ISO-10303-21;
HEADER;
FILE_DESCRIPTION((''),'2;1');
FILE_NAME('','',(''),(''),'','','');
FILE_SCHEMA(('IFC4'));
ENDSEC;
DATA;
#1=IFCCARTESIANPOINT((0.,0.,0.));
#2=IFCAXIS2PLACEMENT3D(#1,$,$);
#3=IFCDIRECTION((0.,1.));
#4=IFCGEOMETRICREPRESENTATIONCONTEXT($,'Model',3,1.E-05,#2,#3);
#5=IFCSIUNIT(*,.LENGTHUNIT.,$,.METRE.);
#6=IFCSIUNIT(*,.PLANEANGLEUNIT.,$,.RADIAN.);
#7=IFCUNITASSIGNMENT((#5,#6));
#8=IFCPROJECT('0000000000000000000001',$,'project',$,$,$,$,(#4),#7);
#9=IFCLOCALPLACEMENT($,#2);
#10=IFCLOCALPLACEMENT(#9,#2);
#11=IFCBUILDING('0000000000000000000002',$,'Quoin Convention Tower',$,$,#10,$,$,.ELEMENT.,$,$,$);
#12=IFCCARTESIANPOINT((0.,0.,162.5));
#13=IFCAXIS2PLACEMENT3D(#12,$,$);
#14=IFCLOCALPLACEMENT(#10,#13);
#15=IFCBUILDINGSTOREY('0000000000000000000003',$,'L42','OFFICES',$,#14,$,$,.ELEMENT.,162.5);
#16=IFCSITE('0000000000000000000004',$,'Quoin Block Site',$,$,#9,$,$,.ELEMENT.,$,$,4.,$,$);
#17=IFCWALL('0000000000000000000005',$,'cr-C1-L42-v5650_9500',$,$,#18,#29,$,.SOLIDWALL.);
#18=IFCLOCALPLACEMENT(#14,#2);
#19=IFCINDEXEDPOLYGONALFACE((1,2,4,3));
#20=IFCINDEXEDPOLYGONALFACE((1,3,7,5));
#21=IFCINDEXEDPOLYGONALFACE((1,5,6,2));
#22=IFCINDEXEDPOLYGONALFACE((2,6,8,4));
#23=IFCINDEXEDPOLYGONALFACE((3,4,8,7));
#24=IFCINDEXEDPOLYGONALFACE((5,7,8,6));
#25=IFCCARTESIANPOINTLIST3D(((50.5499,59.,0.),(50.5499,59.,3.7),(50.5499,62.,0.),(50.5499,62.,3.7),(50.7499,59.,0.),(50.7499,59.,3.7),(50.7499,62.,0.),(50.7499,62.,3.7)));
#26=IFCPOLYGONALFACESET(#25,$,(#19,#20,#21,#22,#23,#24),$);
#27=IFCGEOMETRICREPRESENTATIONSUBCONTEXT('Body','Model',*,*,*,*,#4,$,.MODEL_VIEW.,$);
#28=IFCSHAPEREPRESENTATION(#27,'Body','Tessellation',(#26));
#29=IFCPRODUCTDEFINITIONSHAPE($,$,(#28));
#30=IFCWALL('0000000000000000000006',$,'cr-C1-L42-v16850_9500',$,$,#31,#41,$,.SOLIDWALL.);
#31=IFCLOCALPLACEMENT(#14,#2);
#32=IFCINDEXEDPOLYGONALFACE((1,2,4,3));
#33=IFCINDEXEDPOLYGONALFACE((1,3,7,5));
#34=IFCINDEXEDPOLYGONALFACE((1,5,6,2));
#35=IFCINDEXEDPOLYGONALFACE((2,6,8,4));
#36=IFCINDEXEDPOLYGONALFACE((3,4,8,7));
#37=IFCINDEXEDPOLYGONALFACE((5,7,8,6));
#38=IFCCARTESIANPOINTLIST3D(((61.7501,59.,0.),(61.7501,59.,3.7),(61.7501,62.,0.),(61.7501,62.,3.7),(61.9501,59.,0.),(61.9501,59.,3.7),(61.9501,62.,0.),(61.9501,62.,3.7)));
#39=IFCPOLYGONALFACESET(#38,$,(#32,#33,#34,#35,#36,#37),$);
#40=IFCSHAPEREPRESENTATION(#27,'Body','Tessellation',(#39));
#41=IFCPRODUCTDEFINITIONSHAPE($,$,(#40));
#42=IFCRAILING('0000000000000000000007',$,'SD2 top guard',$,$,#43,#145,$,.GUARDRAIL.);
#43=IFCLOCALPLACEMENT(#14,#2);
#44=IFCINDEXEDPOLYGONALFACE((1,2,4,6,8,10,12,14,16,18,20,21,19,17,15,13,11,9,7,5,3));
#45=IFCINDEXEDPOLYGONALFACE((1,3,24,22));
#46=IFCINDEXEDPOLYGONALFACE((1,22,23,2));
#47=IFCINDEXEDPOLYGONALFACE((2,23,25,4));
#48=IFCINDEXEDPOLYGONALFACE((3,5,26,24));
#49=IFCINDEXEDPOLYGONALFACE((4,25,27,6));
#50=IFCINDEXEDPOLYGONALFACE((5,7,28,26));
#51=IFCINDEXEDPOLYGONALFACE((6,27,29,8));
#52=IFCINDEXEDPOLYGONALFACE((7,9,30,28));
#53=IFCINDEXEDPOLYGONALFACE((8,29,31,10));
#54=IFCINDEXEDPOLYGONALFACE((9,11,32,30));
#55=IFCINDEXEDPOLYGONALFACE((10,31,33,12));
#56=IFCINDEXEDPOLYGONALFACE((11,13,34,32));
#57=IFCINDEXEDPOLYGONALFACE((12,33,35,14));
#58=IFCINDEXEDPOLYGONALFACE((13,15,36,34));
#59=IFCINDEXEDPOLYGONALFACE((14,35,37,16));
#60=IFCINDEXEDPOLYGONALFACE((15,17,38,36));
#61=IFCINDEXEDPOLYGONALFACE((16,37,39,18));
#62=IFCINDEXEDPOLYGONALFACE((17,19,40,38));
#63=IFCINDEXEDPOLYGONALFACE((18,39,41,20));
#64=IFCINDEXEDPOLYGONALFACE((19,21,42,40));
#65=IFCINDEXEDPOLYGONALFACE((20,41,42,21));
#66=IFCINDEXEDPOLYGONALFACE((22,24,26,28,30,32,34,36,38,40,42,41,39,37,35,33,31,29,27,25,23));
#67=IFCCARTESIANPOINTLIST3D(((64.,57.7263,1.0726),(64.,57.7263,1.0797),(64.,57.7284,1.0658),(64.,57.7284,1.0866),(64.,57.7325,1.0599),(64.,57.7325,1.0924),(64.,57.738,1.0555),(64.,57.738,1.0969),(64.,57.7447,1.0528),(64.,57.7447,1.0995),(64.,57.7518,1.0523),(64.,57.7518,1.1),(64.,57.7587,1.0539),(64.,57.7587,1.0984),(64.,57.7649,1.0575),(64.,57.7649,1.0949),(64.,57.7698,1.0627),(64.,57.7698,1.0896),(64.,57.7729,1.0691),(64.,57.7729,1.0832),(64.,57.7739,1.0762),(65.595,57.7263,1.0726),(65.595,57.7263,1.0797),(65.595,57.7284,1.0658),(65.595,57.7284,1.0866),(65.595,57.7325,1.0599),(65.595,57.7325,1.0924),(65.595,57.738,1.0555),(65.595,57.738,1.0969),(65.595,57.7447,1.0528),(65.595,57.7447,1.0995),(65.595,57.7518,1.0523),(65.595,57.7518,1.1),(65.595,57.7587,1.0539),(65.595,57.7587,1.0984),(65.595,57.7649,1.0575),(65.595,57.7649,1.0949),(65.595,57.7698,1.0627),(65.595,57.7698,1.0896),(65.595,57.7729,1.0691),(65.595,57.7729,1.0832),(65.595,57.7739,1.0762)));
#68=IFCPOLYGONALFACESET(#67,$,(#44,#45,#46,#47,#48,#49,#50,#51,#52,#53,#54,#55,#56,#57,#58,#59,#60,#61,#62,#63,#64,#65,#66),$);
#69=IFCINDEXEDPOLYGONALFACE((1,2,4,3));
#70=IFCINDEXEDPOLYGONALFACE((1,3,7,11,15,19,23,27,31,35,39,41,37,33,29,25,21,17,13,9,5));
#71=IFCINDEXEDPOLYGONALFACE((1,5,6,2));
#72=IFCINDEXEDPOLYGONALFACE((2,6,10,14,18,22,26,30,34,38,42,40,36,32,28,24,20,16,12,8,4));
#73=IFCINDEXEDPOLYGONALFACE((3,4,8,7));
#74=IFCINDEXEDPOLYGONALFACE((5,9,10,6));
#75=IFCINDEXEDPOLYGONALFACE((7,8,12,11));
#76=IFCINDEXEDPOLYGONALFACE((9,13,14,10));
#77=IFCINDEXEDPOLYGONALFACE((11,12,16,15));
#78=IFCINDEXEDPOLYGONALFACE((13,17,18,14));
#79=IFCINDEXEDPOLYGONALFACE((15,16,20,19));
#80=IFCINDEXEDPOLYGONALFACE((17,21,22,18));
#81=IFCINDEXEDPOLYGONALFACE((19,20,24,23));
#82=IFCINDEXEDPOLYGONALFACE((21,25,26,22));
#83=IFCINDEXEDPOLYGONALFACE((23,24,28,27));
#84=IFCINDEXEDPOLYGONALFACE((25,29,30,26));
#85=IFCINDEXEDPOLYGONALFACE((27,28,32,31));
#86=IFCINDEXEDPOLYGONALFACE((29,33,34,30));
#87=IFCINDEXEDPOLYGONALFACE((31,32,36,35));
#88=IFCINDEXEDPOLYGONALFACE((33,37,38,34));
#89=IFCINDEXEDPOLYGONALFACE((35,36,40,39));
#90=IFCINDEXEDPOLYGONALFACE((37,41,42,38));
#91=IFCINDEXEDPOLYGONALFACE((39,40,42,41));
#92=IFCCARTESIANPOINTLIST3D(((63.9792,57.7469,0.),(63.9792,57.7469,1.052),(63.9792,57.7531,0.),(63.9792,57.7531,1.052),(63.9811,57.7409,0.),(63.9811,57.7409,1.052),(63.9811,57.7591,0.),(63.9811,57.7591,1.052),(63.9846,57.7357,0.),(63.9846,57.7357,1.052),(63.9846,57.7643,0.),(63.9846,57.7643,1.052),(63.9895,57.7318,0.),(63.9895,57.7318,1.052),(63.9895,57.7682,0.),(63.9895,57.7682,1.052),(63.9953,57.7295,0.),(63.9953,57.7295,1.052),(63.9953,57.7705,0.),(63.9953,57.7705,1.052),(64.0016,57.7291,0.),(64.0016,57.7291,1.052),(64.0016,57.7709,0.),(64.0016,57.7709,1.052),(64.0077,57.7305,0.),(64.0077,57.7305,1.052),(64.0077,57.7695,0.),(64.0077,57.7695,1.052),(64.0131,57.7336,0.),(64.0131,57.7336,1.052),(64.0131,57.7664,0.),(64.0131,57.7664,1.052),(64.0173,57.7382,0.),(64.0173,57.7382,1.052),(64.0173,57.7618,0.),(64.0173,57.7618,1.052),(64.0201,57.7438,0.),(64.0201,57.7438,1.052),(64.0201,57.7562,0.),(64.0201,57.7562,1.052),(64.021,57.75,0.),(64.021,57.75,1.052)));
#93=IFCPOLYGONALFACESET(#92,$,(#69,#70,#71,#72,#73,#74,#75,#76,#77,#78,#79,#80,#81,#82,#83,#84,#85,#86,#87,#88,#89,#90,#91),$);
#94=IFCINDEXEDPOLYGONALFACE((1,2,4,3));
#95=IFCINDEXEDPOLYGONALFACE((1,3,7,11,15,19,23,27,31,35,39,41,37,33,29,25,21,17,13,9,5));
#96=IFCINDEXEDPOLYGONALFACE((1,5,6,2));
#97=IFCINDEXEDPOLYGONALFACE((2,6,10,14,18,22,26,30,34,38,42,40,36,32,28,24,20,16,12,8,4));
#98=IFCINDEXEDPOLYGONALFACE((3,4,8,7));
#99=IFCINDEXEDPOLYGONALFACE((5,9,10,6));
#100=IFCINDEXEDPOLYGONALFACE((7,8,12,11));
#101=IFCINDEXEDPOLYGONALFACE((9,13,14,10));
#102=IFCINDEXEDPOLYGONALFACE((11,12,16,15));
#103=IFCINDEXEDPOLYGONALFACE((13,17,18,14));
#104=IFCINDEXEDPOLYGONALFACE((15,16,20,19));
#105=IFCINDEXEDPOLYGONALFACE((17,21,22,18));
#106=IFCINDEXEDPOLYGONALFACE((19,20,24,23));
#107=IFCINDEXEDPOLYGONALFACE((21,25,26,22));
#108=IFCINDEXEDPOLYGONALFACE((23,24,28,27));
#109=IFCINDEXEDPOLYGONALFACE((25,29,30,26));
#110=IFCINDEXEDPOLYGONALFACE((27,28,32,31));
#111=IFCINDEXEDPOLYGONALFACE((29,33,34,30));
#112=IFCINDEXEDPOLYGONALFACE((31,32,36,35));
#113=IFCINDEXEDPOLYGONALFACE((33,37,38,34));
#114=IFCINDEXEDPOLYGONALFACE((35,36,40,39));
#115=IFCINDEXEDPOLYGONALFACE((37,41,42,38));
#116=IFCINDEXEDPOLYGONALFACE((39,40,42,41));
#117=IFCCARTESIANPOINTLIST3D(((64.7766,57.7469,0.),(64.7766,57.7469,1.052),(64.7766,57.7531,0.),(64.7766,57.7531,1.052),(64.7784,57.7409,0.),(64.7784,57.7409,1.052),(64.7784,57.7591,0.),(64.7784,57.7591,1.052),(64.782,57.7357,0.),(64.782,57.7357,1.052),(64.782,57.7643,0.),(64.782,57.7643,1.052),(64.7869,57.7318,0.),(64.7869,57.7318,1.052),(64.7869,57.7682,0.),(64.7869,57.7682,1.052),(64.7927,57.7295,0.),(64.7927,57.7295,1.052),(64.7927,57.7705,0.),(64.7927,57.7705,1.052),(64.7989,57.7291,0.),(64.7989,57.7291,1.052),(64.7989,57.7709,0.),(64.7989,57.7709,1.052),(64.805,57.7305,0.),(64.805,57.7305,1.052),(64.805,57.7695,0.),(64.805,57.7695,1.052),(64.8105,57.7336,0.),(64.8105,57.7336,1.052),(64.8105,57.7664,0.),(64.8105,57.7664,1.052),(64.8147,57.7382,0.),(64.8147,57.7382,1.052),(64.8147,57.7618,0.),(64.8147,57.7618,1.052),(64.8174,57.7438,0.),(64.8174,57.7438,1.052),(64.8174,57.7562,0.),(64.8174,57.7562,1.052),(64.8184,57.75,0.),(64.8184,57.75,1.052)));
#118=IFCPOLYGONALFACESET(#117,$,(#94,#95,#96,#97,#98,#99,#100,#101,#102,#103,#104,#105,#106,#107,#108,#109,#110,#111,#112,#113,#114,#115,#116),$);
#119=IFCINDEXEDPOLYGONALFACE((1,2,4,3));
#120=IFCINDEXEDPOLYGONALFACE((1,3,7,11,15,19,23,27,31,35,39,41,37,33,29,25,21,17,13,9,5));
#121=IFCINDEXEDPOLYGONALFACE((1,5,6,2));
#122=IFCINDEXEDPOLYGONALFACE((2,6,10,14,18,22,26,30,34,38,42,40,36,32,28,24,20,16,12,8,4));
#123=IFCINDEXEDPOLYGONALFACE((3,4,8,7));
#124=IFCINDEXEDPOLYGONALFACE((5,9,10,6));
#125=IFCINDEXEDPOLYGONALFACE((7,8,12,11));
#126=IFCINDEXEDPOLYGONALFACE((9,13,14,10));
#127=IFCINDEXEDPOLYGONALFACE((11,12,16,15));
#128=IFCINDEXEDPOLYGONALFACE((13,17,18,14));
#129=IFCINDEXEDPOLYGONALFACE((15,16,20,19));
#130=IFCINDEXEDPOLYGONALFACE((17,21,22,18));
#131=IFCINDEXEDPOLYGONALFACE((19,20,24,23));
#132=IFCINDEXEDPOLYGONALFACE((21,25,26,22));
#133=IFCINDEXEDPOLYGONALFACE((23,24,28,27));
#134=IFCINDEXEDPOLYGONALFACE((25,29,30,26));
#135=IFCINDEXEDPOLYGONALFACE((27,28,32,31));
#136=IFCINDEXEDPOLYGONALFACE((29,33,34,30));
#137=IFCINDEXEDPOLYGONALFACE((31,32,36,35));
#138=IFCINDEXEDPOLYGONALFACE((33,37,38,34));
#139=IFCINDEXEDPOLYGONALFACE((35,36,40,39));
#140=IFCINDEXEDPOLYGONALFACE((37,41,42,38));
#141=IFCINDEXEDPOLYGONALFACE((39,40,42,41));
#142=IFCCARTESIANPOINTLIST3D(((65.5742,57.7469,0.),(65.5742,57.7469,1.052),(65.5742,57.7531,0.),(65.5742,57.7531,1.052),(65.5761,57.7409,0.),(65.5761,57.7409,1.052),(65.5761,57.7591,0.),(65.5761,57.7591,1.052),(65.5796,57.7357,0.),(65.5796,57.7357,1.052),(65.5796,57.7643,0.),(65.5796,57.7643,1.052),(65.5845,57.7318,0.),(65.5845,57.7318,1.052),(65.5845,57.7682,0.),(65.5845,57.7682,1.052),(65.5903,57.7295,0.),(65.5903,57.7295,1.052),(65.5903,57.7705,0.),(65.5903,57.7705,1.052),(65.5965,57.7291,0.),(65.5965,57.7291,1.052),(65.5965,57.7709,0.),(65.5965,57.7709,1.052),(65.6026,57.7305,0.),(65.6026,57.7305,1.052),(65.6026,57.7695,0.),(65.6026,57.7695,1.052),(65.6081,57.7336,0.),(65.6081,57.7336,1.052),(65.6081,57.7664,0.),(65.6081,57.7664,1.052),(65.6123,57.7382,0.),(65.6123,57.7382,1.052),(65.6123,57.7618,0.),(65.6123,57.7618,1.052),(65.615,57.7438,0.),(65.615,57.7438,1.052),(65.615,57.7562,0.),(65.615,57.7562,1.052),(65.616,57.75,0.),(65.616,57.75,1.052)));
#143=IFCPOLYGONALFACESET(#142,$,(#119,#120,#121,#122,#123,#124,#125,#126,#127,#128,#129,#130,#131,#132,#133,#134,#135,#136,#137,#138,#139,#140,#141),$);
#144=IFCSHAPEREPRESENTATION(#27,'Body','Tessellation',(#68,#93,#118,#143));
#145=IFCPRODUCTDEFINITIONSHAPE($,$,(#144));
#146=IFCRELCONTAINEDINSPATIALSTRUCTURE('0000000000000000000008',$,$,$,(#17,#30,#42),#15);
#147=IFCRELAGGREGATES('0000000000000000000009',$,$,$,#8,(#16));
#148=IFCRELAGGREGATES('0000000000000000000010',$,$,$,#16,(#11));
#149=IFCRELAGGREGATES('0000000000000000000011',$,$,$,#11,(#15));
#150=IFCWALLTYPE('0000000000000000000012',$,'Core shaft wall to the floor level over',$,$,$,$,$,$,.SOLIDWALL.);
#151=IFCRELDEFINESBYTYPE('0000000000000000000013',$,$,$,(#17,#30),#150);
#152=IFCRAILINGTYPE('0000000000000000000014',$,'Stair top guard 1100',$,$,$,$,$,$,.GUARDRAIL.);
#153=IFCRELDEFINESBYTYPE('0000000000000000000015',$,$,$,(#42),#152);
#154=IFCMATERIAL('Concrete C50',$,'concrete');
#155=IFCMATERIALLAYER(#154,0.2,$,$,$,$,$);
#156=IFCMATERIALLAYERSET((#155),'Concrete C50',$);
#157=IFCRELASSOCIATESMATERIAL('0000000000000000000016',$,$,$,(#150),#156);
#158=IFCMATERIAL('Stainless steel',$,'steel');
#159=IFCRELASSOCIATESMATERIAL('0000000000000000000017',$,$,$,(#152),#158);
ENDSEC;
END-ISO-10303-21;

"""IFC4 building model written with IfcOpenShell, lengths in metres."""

from ifc_helpers import new_model, si_unit, direction, frame, frame_2d, origin, origin_2d, place, context, subcontext, project, spatial, rectangle, circle, extrude, material, layer, layer_set, type_object, element, save


model = new_model("IFC4")

# Units and contexts
model_context = context("Model", 3, precision=1e-05, world=origin(), true_north=direction((0.0, 1.0)))
body_context = subcontext(model_context, "Body", "Model", "MODEL_VIEW")
ifc_project = project(units=[si_unit("LENGTHUNIT", "METRE"), si_unit("PLANEANGLEUNIT", "RADIAN")], contexts=[model_context])

# Site, building, storey
site_placement = place(None, origin())
site = spatial("IfcSite", under=ifc_project, at=site_placement, Name="Quoin Block Site", CompositionType="ELEMENT", RefElevation=4.0)
building_placement = place(site_placement, origin())
building = spatial("IfcBuilding", under=site, at=building_placement, Name="Quoin Convention Tower", CompositionType="ELEMENT")
storey_placement = place(building_placement, frame((0.0, 0.0, 162.5)))
storey = spatial("IfcBuildingStorey", under=building, at=storey_placement, Name="L42", Description="OFFICES", CompositionType="ELEMENT", Elevation=162.5)

# Walls
ifc_material_1 = material(Name="Concrete C50", Category="concrete")
ifc_layer_1 = layer(ifc_material_1, 0.2)
ifc_layer_set_1 = layer_set([ifc_layer_1], Name="Concrete C50")
wall_type_1 = type_object("IfcWallType", Name="Core shaft wall to the floor level over", PredefinedType="SOLIDWALL", material=ifc_layer_set_1)
for number, where, z_axis, x_axis, name in (
    (1, (50.6499, 59.0, 0.0), (0.0, 0.0, 1.0), (0.0, 1.0, 0.0), "cr-C1-L42-v5650_9500"),
    (2, (61.8501, 59.0, 0.0), (0.0, 0.0, 1.0), (0.0, 1.0, 0.0), "cr-C1-L42-v16850_9500"),
):
    element("IfcWall", number, at=place(storey_placement, frame(where, z_axis=z_axis, x_axis=x_axis)), inside=storey, type_object=wall_type_1, Name=name, PredefinedType="SOLIDWALL", context=body_context, shape_type="SweptSolid", body=[
        extrude(rectangle(XDim=3.0, YDim=0.2, at=frame_2d((1.5, 0.0))), origin(), (0.0, 0.0, 1.0), 3.7),
    ])

# Railing
ifc_material_2 = material(Name="Stainless steel", Category="steel")
railing_type = type_object("IfcRailingType", Name="Stair top guard 1100", PredefinedType="GUARDRAIL", material=ifc_material_2)
railing_placement = place(storey_placement, frame((64.0, 57.75, 0.0)))
element("IfcRailing", 3, at=railing_placement, inside=storey, type_object=railing_type, Name="SD2 top guard", PredefinedType="GUARDRAIL", context=body_context, shape_type="SweptSolid", body=[
    extrude(circle(Radius=0.0239, at=origin_2d()), frame((0.0, 0.0, 1.0762), z_axis=(1.0, 0.0, 0.0), x_axis=(0.0, 1.0, 0.0)), (0.0, 0.0, 1.0), 1.595),
    extrude(circle(Radius=0.021, at=origin_2d()), origin(), (0.0, 0.0, 1.0), 1.052),
    extrude(circle(Radius=0.021, at=origin_2d()), frame((0.7974, 0.0, 0.0)), (0.0, 0.0, 1.0), 1.052),
    extrude(circle(Radius=0.021, at=origin_2d()), frame((1.595, 0.0, 0.0)), (0.0, 0.0, 1.0), 1.052),
])

save(model, "model.ifc")
